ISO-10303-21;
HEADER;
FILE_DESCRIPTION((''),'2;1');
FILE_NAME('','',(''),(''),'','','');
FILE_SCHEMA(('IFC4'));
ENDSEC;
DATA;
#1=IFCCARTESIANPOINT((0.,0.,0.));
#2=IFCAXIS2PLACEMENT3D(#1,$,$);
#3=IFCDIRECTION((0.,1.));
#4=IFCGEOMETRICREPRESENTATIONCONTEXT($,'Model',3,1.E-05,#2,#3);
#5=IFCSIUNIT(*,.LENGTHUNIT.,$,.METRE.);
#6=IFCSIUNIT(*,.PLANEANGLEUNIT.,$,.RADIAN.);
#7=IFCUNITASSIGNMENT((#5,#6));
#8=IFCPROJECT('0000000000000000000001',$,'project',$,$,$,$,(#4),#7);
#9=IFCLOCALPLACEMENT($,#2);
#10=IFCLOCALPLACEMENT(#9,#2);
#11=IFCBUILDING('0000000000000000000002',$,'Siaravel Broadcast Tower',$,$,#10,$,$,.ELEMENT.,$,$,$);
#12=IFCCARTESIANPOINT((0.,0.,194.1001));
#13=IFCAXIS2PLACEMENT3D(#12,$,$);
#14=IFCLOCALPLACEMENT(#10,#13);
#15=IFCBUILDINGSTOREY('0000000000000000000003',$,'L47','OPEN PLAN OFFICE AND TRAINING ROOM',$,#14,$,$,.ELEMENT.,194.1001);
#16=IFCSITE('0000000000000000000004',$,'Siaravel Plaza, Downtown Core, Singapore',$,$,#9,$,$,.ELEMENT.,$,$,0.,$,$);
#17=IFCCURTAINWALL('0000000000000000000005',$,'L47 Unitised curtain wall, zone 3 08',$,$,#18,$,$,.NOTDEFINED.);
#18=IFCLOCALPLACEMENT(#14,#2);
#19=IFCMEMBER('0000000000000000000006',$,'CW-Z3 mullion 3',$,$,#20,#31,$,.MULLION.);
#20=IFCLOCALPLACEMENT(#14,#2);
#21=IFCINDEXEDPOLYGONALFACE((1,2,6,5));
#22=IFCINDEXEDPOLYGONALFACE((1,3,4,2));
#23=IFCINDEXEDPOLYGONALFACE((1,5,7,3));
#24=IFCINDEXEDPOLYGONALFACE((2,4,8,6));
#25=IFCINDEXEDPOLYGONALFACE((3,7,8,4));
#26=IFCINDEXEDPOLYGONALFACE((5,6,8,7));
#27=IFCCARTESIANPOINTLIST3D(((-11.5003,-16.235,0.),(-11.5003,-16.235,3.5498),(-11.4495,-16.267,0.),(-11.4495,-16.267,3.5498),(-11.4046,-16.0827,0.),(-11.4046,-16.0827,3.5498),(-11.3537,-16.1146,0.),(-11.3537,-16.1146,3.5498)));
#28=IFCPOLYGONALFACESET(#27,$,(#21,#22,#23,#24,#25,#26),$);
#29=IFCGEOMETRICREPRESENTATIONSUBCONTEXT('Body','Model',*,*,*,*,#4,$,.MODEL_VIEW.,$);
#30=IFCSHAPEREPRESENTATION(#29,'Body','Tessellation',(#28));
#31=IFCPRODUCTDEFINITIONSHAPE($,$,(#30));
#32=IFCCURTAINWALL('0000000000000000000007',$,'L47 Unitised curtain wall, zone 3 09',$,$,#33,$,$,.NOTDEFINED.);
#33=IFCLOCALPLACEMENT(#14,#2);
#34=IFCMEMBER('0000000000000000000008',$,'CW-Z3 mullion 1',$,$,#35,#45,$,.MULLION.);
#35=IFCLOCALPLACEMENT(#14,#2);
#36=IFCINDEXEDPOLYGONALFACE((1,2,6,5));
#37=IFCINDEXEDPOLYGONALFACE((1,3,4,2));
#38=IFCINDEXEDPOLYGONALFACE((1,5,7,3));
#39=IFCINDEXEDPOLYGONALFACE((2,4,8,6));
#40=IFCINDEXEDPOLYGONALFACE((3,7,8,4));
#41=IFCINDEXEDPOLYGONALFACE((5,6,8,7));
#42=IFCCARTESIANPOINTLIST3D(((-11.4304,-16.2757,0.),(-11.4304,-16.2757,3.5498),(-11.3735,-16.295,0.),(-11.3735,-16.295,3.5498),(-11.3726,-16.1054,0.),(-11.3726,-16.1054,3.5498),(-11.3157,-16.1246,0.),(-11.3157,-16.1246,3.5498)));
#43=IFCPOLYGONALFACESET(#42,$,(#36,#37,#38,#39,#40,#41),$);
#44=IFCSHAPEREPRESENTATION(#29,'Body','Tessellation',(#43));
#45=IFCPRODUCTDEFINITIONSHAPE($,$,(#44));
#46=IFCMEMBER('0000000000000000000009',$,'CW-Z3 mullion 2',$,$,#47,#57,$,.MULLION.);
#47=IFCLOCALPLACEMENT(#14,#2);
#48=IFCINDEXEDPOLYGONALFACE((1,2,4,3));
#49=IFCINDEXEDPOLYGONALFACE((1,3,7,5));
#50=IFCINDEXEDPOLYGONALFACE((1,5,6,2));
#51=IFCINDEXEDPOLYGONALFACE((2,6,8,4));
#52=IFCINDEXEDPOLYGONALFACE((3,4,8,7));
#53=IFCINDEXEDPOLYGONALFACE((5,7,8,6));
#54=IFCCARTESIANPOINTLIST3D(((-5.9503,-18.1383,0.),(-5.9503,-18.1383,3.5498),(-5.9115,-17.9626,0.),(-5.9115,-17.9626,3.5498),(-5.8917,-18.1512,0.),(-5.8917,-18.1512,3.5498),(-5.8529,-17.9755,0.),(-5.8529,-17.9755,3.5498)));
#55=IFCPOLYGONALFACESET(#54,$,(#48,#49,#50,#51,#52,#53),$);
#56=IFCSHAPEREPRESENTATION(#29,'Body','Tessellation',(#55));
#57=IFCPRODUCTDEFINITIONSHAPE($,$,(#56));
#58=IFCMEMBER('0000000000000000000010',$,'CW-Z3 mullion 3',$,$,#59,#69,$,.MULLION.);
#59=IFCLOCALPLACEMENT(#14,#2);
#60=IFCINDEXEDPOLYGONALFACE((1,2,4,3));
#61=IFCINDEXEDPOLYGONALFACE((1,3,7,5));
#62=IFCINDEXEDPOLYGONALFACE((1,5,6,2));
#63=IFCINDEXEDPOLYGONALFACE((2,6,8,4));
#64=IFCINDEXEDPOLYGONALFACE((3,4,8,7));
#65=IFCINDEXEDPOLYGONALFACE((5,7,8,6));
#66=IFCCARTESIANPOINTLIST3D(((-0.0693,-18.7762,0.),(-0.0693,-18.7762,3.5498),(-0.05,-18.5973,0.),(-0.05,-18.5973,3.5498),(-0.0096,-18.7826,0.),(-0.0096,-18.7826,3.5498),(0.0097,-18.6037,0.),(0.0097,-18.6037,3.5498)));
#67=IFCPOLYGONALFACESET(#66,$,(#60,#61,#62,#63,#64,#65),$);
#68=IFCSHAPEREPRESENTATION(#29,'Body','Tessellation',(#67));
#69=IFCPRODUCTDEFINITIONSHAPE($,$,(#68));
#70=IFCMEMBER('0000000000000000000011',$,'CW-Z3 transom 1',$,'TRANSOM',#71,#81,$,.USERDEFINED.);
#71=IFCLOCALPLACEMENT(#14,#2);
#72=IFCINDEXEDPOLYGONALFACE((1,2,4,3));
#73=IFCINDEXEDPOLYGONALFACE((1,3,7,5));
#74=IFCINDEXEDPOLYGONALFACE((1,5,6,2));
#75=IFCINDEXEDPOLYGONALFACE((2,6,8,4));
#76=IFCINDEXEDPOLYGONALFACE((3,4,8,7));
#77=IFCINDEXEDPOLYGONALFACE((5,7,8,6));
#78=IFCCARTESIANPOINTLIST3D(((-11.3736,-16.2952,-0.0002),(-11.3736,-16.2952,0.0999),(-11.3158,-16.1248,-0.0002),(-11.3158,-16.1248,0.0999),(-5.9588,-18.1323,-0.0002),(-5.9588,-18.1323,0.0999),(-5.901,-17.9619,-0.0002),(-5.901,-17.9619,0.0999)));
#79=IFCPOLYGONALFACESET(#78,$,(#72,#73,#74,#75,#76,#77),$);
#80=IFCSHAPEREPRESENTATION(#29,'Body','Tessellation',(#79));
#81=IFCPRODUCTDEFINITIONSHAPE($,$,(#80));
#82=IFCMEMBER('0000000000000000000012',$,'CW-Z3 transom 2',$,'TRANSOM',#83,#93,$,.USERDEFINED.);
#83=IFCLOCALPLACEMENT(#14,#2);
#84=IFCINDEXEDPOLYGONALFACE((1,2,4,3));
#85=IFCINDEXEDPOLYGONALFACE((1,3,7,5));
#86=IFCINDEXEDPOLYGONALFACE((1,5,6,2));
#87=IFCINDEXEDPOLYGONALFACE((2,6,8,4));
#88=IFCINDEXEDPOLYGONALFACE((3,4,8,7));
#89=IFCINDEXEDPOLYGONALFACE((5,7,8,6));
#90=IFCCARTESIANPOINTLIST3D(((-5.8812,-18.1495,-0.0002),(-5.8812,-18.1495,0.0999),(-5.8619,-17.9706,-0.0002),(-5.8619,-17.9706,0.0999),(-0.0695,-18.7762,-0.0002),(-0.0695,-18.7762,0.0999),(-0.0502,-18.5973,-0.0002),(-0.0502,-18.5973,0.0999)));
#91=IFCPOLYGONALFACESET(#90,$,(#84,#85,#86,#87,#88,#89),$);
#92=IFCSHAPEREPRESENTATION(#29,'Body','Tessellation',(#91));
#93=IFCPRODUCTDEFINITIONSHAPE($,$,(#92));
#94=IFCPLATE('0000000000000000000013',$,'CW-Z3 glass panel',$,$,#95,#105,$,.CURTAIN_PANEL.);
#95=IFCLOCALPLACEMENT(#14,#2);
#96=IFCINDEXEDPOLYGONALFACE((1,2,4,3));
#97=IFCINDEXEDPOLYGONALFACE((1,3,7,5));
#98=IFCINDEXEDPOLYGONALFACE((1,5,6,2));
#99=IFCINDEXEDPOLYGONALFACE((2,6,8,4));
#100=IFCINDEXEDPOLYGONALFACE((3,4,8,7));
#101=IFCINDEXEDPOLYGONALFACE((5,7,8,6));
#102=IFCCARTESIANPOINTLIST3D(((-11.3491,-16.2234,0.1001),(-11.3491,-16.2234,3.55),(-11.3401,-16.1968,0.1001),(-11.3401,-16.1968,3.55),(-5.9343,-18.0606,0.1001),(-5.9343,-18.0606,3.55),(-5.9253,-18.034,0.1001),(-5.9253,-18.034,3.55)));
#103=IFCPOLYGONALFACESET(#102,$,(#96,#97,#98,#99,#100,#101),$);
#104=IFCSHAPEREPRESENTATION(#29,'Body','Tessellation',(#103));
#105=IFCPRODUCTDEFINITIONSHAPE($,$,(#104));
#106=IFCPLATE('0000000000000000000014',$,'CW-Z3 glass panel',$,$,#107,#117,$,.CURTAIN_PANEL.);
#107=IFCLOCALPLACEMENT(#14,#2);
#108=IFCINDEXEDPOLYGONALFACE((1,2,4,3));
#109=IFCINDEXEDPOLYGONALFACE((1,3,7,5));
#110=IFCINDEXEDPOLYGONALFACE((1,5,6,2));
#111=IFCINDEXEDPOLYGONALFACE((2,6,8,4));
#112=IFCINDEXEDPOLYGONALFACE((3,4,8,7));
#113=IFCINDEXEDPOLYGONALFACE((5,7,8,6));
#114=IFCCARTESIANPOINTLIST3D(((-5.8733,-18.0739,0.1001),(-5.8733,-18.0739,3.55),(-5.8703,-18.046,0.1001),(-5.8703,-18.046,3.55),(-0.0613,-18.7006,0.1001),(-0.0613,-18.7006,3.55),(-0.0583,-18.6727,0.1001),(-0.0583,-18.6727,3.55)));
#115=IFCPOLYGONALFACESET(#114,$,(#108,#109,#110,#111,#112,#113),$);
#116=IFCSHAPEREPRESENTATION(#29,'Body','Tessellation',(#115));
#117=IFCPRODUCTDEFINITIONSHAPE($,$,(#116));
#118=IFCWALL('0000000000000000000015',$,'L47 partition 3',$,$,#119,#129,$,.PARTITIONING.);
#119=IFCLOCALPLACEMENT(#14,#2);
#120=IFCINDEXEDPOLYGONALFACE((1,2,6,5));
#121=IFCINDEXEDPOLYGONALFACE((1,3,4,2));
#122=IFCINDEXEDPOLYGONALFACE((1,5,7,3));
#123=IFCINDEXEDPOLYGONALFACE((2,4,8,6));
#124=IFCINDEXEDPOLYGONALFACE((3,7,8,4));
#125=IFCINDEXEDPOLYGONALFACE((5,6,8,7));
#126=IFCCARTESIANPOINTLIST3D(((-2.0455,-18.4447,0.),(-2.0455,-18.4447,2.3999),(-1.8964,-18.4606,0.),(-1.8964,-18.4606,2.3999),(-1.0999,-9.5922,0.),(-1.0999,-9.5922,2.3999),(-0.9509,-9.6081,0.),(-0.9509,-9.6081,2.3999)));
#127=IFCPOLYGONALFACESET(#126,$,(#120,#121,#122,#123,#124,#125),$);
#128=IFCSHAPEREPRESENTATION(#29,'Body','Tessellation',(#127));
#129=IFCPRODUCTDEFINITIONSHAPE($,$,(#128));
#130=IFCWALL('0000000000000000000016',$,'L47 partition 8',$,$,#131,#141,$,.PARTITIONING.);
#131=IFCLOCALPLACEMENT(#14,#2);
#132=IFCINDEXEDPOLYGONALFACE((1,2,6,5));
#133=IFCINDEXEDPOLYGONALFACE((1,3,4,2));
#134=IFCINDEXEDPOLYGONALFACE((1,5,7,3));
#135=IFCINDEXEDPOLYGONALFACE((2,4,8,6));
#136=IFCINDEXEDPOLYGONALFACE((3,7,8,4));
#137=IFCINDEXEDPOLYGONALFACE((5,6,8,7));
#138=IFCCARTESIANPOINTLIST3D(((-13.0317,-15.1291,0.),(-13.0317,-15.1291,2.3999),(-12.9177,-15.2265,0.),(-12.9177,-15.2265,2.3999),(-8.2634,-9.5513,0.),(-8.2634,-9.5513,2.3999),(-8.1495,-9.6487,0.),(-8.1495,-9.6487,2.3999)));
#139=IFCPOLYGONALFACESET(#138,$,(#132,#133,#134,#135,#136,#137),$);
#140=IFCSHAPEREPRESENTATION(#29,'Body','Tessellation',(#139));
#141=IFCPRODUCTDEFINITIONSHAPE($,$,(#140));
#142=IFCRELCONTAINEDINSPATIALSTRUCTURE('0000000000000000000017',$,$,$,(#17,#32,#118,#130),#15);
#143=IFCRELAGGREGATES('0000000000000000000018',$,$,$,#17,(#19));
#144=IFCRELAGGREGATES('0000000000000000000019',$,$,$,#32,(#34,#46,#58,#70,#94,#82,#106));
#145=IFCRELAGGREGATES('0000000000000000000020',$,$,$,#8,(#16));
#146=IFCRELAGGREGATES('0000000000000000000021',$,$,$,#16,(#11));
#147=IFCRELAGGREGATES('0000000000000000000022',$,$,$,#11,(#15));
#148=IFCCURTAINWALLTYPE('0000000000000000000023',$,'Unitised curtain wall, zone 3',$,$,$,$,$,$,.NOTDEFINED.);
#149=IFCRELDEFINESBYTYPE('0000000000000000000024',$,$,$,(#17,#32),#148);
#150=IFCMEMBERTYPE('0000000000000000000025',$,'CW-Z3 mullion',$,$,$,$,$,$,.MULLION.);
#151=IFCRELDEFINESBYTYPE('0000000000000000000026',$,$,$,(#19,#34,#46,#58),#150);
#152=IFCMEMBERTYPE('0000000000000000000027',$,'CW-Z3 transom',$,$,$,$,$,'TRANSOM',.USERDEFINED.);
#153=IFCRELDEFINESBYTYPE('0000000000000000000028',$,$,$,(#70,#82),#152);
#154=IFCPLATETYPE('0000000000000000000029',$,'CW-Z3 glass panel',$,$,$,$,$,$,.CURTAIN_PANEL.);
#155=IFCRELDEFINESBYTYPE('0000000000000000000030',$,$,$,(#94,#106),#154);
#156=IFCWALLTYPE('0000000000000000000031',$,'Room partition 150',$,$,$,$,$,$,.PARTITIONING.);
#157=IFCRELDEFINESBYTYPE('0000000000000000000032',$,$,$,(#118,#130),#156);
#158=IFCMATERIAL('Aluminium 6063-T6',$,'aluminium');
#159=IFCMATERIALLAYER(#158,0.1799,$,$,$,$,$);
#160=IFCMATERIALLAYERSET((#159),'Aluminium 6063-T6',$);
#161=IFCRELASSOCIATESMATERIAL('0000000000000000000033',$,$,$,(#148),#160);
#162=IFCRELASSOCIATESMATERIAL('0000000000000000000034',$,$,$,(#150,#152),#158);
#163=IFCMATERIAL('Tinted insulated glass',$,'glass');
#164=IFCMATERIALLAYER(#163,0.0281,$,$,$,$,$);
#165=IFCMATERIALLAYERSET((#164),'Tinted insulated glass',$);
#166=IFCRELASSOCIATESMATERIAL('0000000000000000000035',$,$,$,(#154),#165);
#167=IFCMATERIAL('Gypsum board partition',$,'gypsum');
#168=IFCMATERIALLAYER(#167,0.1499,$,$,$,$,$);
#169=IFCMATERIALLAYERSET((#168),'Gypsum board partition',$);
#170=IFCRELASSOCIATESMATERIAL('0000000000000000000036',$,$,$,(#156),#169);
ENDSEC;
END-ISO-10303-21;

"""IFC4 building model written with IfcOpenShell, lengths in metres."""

from ifc_helpers import new_model, si_unit, direction, frame, frame_2d, origin, origin_2d, place, context, subcontext, project, spatial, rectangle, extrude, material, layer, layer_set, material_profile, profile_set, type_object, element, aggregate, save


model = new_model("IFC4")

# Units and contexts
model_context = context("Model", 3, precision=1e-05, world=origin(), true_north=direction((0.0, 1.0)))
body_context = subcontext(model_context, "Body", "Model", "MODEL_VIEW")
ifc_project = project(units=[si_unit("LENGTHUNIT", "METRE"), si_unit("PLANEANGLEUNIT", "RADIAN")], contexts=[model_context])

# Site, building, storey
site_placement = place(None, origin())
site = spatial("IfcSite", under=ifc_project, at=site_placement, Name="Siaravel Plaza, Downtown Core, Singapore", CompositionType="ELEMENT", RefElevation=0.0)
building_placement = place(site_placement, origin())
building = spatial("IfcBuilding", under=site, at=building_placement, Name="Siaravel Broadcast Tower", CompositionType="ELEMENT")
storey_placement = place(building_placement, frame((0.0, 0.0, 194.1001)))
storey = spatial("IfcBuildingStorey", under=building, at=storey_placement, Name="L47", Description="OPEN PLAN OFFICE AND TRAINING ROOM", CompositionType="ELEMENT", Elevation=194.1001)

# Curtain wall, member
ifc_material_1 = material(Name="Aluminium 6063-T6", Category="aluminium")
ifc_layer_1 = layer(ifc_material_1, 0.1799)
ifc_layer_set_1 = layer_set([ifc_layer_1], Name="Aluminium 6063-T6")
curtain_wall_type = type_object("IfcCurtainWallType", Name="Unitised curtain wall, zone 3", PredefinedType="NOTDEFINED", material=ifc_layer_set_1)
curtain_wall_1_placement = place(storey_placement, origin())
curtain_wall_1 = element("IfcCurtainWall", 1, at=curtain_wall_1_placement, inside=storey, type_object=curtain_wall_type, Name="L47 Unitised curtain wall, zone 3 08", PredefinedType="NOTDEFINED")
ifc_material_profile_1 = material_profile(ifc_material_1, rectangle(XDim=0.1799, YDim=0.0601, at=origin_2d()))
ifc_profile_set_1 = profile_set([ifc_material_profile_1], Name="Aluminium 6063-T6")
member_type_1 = type_object("IfcMemberType", Name="CW-Z3 mullion", PredefinedType="MULLION", material=ifc_profile_set_1)
member_1_placement = place(storey_placement, frame((-11.427, -16.1748, 0.0), z_axis=(0.0, 0.0, 1.0), x_axis=(0.532149, 0.846651, 0.0)))
member_1 = element("IfcMember", 2, at=member_1_placement, type_object=member_type_1, Name="CW-Z3 mullion 3", PredefinedType="MULLION", context=body_context, shape_type="SweptSolid", body=[
    extrude(rectangle(XDim=0.1799, YDim=0.0601, at=origin_2d()), origin(), (0.0, 0.0, 1.0), 3.5498),
])
aggregate(curtain_wall_1, [member_1])

# Curtain wall, members, plates
curtain_wall_2_placement = place(storey_placement, origin())
curtain_wall_2 = element("IfcCurtainWall", 3, at=curtain_wall_2_placement, inside=storey, type_object=curtain_wall_type, Name="L47 Unitised curtain wall, zone 3 09", PredefinedType="NOTDEFINED")
member_2_placement = place(storey_placement, frame((-11.373, -16.2002, 0.0), z_axis=(0.0, 0.0, 1.0), x_axis=(0.3213, 0.946977, 0.0)))
member_2 = element("IfcMember", 4, at=member_2_placement, type_object=member_type_1, Name="CW-Z3 mullion 1", PredefinedType="MULLION", context=body_context, shape_type="SweptSolid", body=[
    extrude(rectangle(XDim=0.1799, YDim=0.0601, at=origin_2d()), origin(), (0.0, 0.0, 1.0), 3.5498),
])
member_3_placement = place(storey_placement, frame((-5.9016, -18.0569, 0.0), z_axis=(0.0, 0.0, 1.0), x_axis=(0.215558, 0.976491, 0.0)))
member_3 = element("IfcMember", 5, at=member_3_placement, type_object=member_type_1, Name="CW-Z3 mullion 2", PredefinedType="MULLION", context=body_context, shape_type="SweptSolid", body=[
    extrude(rectangle(XDim=0.1799, YDim=0.0601, at=origin_2d()), origin(), (0.0, 0.0, 1.0), 3.5498),
])
member_4_placement = place(storey_placement, frame((-0.0298, -18.6899, 0.0), z_axis=(0.0, 0.0, 1.0), x_axis=(0.107217, 0.994236, 0.0)))
member_4 = element("IfcMember", 6, at=member_4_placement, type_object=member_type_1, Name="CW-Z3 mullion 3", PredefinedType="MULLION", context=body_context, shape_type="SweptSolid", body=[
    extrude(rectangle(XDim=0.1799, YDim=0.0601, at=origin_2d()), origin(), (0.0, 0.0, 1.0), 3.5498),
])
ifc_material_profile_2 = material_profile(ifc_material_1, rectangle(XDim=0.1799, YDim=0.1001, at=origin_2d()))
ifc_profile_set_2 = profile_set([ifc_material_profile_2], Name="Aluminium 6063-T6")
member_type_2 = type_object("IfcMemberType", Name="CW-Z3 transom", ElementType="TRANSOM", PredefinedType="USERDEFINED", material=ifc_profile_set_2)
member_5_placement = place(storey_placement, frame((-11.3447, -16.21, 0.0498), z_axis=(0.946979, -0.321296, 0.0), x_axis=(0.321296, 0.946979, 0.0)))
member_5 = element("IfcMember", 7, at=member_5_placement, type_object=member_type_2, Name="CW-Z3 transom 1", ObjectType="TRANSOM", PredefinedType="USERDEFINED", context=body_context, shape_type="SweptSolid", body=[
    extrude(rectangle(XDim=0.1799, YDim=0.1001, at=origin_2d()), origin(), (0.0, 0.0, 1.0), 5.718),
])
member_6_placement = place(storey_placement, frame((-5.8716, -18.0601, 0.0498), z_axis=(0.994236, -0.107213, 0.0), x_axis=(0.107213, 0.994236, 0.0)))
member_6 = element("IfcMember", 8, at=member_6_placement, type_object=member_type_2, Name="CW-Z3 transom 2", ObjectType="TRANSOM", PredefinedType="USERDEFINED", context=body_context, shape_type="SweptSolid", body=[
    extrude(rectangle(XDim=0.1799, YDim=0.1001, at=origin_2d()), origin(), (0.0, 0.0, 1.0), 5.8455),
])
ifc_material_2 = material(Name="Tinted insulated glass", Category="glass")
ifc_layer_2 = layer(ifc_material_2, 0.0281)
ifc_layer_set_2 = layer_set([ifc_layer_2], Name="Tinted insulated glass")
plate_type = type_object("IfcPlateType", Name="CW-Z3 glass panel", PredefinedType="CURTAIN_PANEL", material=ifc_layer_set_2)
plate_1_placement = place(storey_placement, frame((-8.6372, -17.1287, 0.1001), z_axis=(0.0, 0.0, 1.0), x_axis=(0.946977, -0.3213, 0.0)))
plate_1 = element("IfcPlate", 9, at=plate_1_placement, type_object=plate_type, Name="CW-Z3 glass panel", PredefinedType="CURTAIN_PANEL", context=body_context, shape_type="SweptSolid", body=[
    extrude(rectangle(XDim=5.718, YDim=0.0281, at=origin_2d()), origin(), (0.0, 0.0, 1.0), 3.45),
])
plate_2_placement = place(storey_placement, frame((-2.9658, -18.3733, 0.1001), z_axis=(0.0, 0.0, 1.0), x_axis=(0.994236, -0.107217, 0.0)))
plate_2 = element("IfcPlate", 10, at=plate_2_placement, type_object=plate_type, Name="CW-Z3 glass panel", PredefinedType="CURTAIN_PANEL", context=body_context, shape_type="SweptSolid", body=[
    extrude(rectangle(XDim=5.8457, YDim=0.0281, at=origin_2d()), origin(), (0.0, 0.0, 1.0), 3.45),
])
aggregate(curtain_wall_2, [member_2, member_3, member_4, member_5, plate_1, member_6, plate_2])

# Walls
ifc_material_3 = material(Name="Gypsum board partition", Category="gypsum")
ifc_layer_3 = layer(ifc_material_3, 0.1499)
ifc_layer_set_3 = layer_set([ifc_layer_3], Name="Gypsum board partition")
wall_type = type_object("IfcWallType", Name="Room partition 150", PredefinedType="PARTITIONING", material=ifc_layer_set_3)
wall_1_placement = place(storey_placement, frame((-1.9709, -18.4526, 0.0), z_axis=(0.0, 0.0, 1.0), x_axis=(0.106208, 0.994344, 0.0)))
element("IfcWall", 11, at=wall_1_placement, inside=storey, type_object=wall_type, Name="L47 partition 3", PredefinedType="PARTITIONING", context=body_context, shape_type="SweptSolid", body=[
    extrude(rectangle(XDim=8.9028, YDim=0.1499, at=frame_2d((4.4514, 0.0))), origin(), (0.0, 0.0, 1.0), 2.3999),
])
wall_2_placement = place(storey_placement, frame((-8.2065, -9.6001, 0.0), z_axis=(0.0, 0.0, 1.0), x_axis=(-0.649791, -0.760113, 0.0)))
element("IfcWall", 12, at=wall_2_placement, inside=storey, type_object=wall_type, Name="L47 partition 8", PredefinedType="PARTITIONING", context=body_context, shape_type="SweptSolid", body=[
    extrude(rectangle(XDim=7.3381, YDim=0.1499, at=frame_2d((3.6689, 0.0))), origin(), (0.0, 0.0, 1.0), 2.3999),
])

save(model, "model.ifc")
